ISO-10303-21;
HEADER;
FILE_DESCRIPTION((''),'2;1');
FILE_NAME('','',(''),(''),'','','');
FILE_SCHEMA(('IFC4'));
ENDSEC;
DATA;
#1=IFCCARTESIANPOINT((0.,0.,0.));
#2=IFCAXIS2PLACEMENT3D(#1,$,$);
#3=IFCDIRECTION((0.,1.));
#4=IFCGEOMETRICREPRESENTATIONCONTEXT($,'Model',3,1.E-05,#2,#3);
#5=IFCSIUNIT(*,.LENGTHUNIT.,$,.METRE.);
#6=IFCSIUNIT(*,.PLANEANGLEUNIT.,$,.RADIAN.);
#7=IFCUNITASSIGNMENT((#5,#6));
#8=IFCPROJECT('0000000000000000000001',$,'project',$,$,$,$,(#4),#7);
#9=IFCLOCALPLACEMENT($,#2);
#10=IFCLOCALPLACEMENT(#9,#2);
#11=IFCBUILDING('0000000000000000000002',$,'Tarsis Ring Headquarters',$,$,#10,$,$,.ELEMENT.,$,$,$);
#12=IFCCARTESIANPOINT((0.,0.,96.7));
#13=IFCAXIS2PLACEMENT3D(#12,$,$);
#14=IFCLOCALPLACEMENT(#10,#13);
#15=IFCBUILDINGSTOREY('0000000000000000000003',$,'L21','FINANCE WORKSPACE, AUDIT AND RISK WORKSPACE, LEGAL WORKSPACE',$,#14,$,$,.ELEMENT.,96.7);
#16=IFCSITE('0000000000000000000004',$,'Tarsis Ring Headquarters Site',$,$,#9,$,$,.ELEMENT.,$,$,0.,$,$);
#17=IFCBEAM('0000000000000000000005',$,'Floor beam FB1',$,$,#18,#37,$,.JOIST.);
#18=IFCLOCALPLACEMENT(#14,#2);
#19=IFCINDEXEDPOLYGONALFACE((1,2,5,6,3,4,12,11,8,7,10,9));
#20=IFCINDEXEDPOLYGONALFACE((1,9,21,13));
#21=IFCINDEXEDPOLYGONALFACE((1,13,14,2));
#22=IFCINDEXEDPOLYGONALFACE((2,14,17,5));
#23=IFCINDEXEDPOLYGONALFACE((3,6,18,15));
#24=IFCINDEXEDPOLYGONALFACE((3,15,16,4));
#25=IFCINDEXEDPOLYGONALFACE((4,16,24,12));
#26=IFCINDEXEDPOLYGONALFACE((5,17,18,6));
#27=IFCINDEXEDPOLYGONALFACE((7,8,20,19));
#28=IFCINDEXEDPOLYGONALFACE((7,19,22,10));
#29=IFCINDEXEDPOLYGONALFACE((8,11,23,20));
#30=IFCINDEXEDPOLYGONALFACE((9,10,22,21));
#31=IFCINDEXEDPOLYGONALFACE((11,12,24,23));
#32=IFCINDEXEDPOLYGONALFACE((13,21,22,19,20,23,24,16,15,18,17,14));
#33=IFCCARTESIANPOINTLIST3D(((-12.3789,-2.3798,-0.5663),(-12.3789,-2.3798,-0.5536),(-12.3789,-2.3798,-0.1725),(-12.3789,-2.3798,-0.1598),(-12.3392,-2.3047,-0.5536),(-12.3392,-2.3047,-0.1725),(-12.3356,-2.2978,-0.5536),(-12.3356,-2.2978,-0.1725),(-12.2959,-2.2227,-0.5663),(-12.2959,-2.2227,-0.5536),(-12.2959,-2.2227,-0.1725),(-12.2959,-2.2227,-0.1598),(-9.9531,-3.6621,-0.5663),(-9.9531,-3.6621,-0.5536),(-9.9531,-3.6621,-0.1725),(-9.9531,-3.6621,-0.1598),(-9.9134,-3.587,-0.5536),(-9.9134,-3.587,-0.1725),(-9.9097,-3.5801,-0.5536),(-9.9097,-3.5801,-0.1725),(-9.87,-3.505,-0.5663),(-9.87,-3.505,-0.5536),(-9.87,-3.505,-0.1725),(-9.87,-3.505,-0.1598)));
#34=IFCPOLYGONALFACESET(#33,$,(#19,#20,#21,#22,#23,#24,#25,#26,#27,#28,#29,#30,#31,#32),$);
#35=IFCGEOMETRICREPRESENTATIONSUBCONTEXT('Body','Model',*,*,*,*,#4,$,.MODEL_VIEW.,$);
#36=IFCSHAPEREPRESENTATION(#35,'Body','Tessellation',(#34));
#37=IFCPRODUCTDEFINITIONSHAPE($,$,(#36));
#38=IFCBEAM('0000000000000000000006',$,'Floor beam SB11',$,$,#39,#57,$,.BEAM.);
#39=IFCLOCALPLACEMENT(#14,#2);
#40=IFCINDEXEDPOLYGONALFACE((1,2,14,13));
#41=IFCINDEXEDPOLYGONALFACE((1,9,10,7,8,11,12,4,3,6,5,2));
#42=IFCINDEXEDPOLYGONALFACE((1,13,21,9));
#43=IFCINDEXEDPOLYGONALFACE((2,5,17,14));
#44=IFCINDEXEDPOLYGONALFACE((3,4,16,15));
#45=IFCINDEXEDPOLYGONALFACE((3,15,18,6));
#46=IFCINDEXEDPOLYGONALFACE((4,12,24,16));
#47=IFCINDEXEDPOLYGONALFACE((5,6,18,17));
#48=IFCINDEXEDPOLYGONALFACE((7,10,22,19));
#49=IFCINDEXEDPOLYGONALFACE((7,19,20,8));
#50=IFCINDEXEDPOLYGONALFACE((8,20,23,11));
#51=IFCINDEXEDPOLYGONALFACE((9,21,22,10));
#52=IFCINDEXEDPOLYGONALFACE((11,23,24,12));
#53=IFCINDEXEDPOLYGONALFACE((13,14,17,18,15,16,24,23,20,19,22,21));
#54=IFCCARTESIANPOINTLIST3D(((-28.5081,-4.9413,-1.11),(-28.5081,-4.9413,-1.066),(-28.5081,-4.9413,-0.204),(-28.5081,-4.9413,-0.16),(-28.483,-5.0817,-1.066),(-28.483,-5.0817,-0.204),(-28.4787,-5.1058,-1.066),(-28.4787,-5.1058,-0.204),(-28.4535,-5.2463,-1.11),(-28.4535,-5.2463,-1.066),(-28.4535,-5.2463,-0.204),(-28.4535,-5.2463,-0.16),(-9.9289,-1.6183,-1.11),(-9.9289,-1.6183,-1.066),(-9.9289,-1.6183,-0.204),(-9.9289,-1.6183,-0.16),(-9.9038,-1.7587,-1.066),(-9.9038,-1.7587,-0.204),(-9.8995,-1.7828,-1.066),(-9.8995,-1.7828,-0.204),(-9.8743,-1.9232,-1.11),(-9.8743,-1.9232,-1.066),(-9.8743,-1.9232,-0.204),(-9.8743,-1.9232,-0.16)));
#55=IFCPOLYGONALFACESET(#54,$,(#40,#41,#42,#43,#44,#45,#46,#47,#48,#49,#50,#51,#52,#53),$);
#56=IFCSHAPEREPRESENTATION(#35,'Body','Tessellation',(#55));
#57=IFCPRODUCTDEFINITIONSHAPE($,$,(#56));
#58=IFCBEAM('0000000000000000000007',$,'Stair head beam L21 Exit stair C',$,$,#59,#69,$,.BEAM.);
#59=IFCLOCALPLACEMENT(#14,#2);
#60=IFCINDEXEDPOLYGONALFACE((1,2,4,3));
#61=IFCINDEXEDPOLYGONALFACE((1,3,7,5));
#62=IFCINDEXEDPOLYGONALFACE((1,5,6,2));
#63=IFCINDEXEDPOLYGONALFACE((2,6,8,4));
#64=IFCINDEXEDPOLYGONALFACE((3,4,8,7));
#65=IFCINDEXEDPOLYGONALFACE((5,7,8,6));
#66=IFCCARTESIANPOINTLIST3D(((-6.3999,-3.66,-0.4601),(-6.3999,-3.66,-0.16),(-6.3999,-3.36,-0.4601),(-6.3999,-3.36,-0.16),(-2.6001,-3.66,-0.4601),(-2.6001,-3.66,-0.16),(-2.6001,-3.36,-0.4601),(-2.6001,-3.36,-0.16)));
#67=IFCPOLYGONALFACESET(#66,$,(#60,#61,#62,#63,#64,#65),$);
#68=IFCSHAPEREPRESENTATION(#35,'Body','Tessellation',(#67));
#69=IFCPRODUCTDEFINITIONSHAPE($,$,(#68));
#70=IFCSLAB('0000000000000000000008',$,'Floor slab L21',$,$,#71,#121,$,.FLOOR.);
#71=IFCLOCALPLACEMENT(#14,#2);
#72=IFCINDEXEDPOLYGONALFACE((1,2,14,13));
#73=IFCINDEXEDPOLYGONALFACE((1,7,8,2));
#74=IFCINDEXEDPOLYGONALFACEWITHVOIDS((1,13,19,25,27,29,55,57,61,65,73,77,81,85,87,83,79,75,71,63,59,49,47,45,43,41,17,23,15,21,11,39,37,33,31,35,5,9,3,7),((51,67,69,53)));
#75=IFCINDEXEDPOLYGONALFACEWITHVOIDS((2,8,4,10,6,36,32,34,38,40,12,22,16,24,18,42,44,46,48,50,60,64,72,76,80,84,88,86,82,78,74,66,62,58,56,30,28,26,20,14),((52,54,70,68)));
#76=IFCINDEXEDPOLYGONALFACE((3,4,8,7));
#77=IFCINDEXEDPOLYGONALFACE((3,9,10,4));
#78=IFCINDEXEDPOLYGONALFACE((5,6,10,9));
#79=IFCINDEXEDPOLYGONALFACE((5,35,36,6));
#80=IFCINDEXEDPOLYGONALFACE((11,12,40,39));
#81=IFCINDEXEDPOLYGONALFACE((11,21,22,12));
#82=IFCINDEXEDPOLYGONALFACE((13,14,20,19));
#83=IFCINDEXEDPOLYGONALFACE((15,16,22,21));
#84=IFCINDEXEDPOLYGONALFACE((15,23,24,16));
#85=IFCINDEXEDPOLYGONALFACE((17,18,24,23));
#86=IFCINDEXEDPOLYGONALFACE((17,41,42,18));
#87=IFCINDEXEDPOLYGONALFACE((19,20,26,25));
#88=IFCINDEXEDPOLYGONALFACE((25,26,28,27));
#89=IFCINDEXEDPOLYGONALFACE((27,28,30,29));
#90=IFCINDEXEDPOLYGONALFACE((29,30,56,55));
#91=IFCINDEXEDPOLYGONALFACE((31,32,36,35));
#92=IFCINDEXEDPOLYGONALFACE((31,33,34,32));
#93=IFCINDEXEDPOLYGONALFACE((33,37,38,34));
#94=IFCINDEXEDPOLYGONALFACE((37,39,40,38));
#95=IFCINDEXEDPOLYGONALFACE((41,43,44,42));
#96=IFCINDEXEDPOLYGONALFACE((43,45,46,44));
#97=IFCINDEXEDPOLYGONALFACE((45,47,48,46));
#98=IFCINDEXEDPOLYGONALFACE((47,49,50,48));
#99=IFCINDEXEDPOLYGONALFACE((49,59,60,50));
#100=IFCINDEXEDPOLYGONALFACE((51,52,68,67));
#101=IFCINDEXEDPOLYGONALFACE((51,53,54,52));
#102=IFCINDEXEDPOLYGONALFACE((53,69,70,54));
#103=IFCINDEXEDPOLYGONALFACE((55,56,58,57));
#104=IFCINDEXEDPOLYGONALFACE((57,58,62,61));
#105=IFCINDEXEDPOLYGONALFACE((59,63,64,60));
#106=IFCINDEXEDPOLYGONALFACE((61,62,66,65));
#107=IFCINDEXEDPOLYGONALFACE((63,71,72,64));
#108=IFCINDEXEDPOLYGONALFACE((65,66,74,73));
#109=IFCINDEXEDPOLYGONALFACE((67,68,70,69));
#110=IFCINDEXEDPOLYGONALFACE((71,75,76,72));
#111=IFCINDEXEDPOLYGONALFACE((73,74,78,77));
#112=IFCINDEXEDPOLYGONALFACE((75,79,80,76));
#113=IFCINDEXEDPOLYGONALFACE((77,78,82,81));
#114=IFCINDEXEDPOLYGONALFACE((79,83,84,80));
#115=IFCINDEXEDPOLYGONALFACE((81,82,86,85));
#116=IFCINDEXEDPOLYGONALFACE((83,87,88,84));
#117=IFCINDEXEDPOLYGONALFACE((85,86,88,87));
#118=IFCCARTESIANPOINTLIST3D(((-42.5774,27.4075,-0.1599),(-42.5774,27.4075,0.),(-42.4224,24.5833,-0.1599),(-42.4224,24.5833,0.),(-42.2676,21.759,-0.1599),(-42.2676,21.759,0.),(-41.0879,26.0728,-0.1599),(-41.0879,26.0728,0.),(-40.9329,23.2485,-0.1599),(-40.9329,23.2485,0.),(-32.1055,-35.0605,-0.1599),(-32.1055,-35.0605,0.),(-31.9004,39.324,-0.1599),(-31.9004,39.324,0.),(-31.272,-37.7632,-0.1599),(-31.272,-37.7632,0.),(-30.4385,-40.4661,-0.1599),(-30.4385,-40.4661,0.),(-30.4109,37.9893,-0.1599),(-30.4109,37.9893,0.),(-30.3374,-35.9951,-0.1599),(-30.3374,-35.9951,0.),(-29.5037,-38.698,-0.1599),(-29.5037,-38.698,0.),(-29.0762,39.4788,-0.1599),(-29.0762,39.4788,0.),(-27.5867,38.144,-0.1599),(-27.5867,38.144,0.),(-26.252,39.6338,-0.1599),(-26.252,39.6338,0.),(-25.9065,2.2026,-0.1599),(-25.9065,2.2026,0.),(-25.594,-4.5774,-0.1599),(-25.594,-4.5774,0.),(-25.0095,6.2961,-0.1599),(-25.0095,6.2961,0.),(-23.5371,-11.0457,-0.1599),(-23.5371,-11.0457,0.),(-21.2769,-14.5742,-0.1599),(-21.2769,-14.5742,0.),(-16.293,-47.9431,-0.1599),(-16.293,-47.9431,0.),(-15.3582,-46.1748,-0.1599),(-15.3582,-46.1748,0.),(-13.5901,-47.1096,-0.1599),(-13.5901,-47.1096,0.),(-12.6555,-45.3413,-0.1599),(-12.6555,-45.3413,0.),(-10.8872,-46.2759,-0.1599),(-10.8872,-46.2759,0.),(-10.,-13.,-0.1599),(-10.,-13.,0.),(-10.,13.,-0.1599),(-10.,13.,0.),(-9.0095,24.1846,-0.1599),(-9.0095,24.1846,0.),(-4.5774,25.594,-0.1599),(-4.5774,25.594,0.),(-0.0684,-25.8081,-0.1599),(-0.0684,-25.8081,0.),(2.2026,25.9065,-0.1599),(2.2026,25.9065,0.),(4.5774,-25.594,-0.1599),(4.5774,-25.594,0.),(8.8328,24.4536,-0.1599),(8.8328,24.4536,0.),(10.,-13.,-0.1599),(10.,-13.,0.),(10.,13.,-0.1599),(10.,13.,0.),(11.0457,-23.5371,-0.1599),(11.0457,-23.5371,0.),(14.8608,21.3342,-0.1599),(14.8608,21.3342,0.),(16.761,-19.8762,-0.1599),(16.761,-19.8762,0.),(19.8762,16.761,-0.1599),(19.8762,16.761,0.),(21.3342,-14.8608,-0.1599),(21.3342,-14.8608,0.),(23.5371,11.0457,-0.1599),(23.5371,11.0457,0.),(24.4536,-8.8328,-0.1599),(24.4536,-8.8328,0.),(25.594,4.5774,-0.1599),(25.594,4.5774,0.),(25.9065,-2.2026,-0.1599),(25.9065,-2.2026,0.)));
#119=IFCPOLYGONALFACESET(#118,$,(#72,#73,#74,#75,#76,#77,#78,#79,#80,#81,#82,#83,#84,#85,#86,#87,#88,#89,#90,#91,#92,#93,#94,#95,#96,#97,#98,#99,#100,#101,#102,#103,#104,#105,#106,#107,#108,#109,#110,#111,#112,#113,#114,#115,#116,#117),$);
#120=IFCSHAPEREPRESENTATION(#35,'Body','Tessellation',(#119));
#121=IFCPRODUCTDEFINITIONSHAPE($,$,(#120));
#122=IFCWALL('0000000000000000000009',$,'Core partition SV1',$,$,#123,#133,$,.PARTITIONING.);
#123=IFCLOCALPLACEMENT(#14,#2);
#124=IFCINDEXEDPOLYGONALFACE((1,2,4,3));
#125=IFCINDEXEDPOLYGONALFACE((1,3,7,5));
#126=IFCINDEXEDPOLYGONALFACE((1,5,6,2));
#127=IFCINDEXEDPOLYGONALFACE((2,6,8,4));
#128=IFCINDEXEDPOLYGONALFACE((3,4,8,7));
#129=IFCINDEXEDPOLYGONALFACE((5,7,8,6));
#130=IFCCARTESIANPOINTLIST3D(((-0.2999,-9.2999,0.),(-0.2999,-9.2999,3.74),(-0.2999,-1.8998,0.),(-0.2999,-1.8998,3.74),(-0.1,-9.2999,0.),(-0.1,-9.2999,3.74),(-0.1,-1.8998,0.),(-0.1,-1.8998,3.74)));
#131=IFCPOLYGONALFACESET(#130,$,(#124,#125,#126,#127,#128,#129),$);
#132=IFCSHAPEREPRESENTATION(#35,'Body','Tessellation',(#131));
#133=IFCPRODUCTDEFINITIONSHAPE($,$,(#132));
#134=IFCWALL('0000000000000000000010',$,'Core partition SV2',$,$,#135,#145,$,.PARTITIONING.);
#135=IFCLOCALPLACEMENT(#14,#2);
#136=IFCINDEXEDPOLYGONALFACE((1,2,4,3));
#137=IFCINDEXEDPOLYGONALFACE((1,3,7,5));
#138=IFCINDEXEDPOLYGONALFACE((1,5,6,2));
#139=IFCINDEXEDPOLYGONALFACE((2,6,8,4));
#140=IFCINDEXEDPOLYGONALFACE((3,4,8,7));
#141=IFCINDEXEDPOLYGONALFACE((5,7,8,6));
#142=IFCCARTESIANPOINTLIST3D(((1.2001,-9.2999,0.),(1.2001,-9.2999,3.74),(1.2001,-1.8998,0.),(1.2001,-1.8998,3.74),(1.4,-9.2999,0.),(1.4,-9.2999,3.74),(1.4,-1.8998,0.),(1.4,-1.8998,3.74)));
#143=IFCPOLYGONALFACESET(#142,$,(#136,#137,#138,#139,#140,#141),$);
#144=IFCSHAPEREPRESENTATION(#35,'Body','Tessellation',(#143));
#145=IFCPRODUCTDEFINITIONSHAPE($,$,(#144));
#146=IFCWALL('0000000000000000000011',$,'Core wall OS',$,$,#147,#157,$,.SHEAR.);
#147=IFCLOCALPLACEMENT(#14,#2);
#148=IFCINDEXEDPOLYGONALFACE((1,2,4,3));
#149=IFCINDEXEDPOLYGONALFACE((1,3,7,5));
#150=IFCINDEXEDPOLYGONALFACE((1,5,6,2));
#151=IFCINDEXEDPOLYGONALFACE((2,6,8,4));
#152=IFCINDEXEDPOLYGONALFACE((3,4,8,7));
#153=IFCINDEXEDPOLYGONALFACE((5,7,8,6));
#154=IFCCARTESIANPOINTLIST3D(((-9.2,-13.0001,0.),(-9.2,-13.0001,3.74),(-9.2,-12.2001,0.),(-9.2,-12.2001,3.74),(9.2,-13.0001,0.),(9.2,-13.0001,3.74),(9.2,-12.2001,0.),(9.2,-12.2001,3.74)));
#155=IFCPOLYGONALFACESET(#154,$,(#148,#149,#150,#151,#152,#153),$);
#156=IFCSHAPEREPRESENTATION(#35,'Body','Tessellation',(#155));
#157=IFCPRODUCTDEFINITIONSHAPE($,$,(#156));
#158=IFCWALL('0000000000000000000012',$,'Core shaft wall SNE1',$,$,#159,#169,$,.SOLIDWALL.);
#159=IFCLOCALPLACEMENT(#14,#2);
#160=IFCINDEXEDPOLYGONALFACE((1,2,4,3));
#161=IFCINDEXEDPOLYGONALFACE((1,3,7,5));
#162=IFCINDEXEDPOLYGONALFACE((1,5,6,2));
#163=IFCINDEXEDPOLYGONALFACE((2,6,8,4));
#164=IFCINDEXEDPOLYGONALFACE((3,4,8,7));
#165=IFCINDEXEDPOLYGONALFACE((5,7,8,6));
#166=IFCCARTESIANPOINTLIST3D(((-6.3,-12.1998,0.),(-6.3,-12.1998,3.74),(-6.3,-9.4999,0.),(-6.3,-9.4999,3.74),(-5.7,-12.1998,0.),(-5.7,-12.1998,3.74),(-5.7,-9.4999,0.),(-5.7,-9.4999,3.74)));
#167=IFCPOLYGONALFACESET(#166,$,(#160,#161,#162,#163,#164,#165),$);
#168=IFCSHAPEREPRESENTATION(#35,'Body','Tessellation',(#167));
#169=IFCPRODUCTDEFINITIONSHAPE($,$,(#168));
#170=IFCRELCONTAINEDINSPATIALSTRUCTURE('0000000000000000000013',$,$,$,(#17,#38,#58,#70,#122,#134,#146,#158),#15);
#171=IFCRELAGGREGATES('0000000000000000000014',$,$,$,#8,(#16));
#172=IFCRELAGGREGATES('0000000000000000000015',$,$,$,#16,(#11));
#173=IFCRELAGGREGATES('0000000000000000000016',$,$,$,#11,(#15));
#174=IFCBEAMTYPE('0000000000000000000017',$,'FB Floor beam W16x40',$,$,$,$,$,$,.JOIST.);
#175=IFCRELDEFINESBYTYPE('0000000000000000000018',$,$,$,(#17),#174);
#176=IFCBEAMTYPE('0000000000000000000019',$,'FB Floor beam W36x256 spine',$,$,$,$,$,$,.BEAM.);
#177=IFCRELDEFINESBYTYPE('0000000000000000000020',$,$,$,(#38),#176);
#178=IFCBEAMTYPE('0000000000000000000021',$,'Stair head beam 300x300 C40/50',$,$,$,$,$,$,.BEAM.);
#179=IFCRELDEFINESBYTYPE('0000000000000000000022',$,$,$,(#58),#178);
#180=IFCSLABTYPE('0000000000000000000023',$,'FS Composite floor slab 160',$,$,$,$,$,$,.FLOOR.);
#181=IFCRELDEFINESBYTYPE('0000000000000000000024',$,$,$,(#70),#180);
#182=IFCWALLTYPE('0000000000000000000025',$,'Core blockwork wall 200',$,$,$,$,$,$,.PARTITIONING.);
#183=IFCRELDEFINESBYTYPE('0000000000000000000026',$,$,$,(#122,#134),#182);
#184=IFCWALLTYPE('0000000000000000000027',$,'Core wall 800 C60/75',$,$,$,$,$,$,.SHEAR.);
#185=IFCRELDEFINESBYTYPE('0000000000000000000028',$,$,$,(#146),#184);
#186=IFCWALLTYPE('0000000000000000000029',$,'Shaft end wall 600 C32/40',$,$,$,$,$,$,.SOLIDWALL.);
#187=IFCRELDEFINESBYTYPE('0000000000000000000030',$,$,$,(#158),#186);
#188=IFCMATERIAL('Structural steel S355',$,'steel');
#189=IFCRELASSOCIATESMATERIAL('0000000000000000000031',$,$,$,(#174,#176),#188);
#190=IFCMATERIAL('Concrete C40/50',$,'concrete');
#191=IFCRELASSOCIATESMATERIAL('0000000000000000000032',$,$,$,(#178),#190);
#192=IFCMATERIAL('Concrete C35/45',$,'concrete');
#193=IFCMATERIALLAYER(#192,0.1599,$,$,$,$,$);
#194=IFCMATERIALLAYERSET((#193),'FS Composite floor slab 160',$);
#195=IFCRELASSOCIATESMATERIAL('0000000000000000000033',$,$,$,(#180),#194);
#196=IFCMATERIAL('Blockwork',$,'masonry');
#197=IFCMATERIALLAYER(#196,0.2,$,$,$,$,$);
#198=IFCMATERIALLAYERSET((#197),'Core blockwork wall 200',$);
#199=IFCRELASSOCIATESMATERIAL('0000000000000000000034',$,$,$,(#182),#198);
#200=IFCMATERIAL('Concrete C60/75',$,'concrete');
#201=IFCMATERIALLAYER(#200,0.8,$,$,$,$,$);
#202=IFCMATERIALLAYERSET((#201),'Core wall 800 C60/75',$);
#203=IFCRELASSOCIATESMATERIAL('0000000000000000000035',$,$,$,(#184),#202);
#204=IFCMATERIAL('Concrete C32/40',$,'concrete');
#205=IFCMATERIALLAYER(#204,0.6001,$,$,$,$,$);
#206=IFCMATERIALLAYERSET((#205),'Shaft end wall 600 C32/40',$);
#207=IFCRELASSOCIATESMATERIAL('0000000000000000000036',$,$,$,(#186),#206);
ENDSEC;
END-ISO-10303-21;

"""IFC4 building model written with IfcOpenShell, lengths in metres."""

from ifc_helpers import new_model, si_unit, direction, frame, frame_2d, origin, origin_2d, place, context, subcontext, project, spatial, polyline, rectangle, i_section, outline, extrude, material, layer, layer_set, material_profile, profile_set, type_object, element, save


model = new_model("IFC4")

# Units and contexts
model_context = context("Model", 3, precision=1e-05, world=origin(), true_north=direction((0.0, 1.0)))
body_context = subcontext(model_context, "Body", "Model", "MODEL_VIEW")
ifc_project = project(units=[si_unit("LENGTHUNIT", "METRE"), si_unit("PLANEANGLEUNIT", "RADIAN")], contexts=[model_context])

# Site, building, storey
site_placement = place(None, origin())
site = spatial("IfcSite", under=ifc_project, at=site_placement, Name="Tarsis Ring Headquarters Site", CompositionType="ELEMENT", RefElevation=0.0)
building_placement = place(site_placement, origin())
building = spatial("IfcBuilding", under=site, at=building_placement, Name="Tarsis Ring Headquarters", CompositionType="ELEMENT")
storey_placement = place(building_placement, frame((0.0, 0.0, 96.7)))
storey = spatial("IfcBuildingStorey", under=building, at=storey_placement, Name="L21", Description="FINANCE WORKSPACE, AUDIT AND RISK WORKSPACE, LEGAL WORKSPACE", CompositionType="ELEMENT", Elevation=96.7)

# Beams
ifc_material_1 = material(Name="Structural steel S355", Category="steel")
ifc_material_profile_1 = material_profile(ifc_material_1, i_section(OverallWidth=0.1777, OverallDepth=0.4065, WebThickness=0.0078, FlangeThickness=0.0127, at=origin_2d()), Name="W16x40")
ifc_profile_set_1 = profile_set([ifc_material_profile_1], Name="Structural steel S355")
beam_type_1 = type_object("IfcBeamType", Name="FB Floor beam W16x40", PredefinedType="JOIST", material=ifc_profile_set_1)
beam_1_placement = place(storey_placement, frame((-12.3374, -2.3013, -0.363), z_axis=(0.884091, -0.467315, 0.0), x_axis=(0.467315, 0.884091, 0.0)))
element("IfcBeam", 1, at=beam_1_placement, inside=storey, type_object=beam_type_1, Name="Floor beam FB1", PredefinedType="JOIST", context=body_context, shape_type="SweptSolid", body=[
    extrude(i_section(OverallWidth=0.1777, OverallDepth=0.4065, WebThickness=0.0078, FlangeThickness=0.0127, at=origin_2d()), origin(), (0.0, 0.0, 1.0), 2.7439),
])
ifc_material_profile_2 = material_profile(ifc_material_1, i_section(OverallWidth=0.3098, OverallDepth=0.95, WebThickness=0.0244, FlangeThickness=0.0439, at=origin_2d()), Name="W36x256")
ifc_profile_set_2 = profile_set([ifc_material_profile_2], Name="Structural steel S355")
beam_type_2 = type_object("IfcBeamType", Name="FB Floor beam W36x256 spine", PredefinedType="BEAM", material=ifc_profile_set_2)
beam_2_placement = place(storey_placement, frame((-9.9016, -1.7708, -0.635), z_axis=(-0.984379, -0.176063, 0.0), x_axis=(0.176063, -0.984379, 0.0)))
element("IfcBeam", 2, at=beam_2_placement, inside=storey, type_object=beam_type_2, Name="Floor beam SB11", PredefinedType="BEAM", context=body_context, shape_type="SweptSolid", body=[
    extrude(i_section(OverallWidth=0.3098, OverallDepth=0.95, WebThickness=0.0244, FlangeThickness=0.0439, at=origin_2d()), origin(), (0.0, 0.0, 1.0), 18.874),
])
ifc_material_2 = material(Name="Concrete C40/50", Category="concrete")
ifc_material_profile_3 = material_profile(ifc_material_2, rectangle(XDim=0.3, YDim=0.3, at=origin_2d()), Name="Stair head beam 300x300 C40/50")
ifc_profile_set_3 = profile_set([ifc_material_profile_3], Name="Concrete C40/50")
beam_type_3 = type_object("IfcBeamType", Name="Stair head beam 300x300 C40/50", PredefinedType="BEAM", material=ifc_profile_set_3)
beam_3_placement = place(storey_placement, frame((-6.3999, -3.51, -0.3101), z_axis=(1.0, 0.0, 0.0), x_axis=(0.0, 1.0, 0.0)))
element("IfcBeam", 3, at=beam_3_placement, inside=storey, type_object=beam_type_3, Name="Stair head beam L21 Exit stair C", PredefinedType="BEAM", context=body_context, shape_type="SweptSolid", body=[
    extrude(rectangle(XDim=0.3, YDim=0.3, at=origin_2d()), origin(), (0.0, 0.0, 1.0), 3.7998),
])

# Slab
ifc_material_3 = material(Name="Concrete C35/45", Category="concrete")
ifc_layer_1 = layer(ifc_material_3, 0.1599)
ifc_layer_set_1 = layer_set([ifc_layer_1], Name="FS Composite floor slab 160")
slab_type = type_object("IfcSlabType", Name="FS Composite floor slab 160", PredefinedType="FLOOR", material=ifc_layer_set_1)
slab_placement = place(storey_placement, frame((0.0, 0.0, -0.1599)))
element("IfcSlab", 4, at=slab_placement, inside=storey, type_object=slab_type, Name="Floor slab L21", PredefinedType="FLOOR", context=body_context, shape_type="SweptSolid", body=[
    extrude(outline(polyline([(-25.0095, 6.2961), (-25.9065, 2.2026), (-25.594, -4.5774), (-23.5371, -11.0457), (-21.2769, -14.5742), (-32.1055, -35.0605), (-30.3374, -35.9951), (-31.272, -37.7632), (-29.5037, -38.698), (-30.4385, -40.4661), (-16.293, -47.9431), (-15.3582, -46.1748), (-13.5901, -47.1096), (-12.6555, -45.3413), (-10.8872, -46.2759), (-0.0684, -25.8081), (4.5774, -25.594), (11.0457, -23.5371), (16.761, -19.8762), (21.3342, -14.8608), (24.4536, -8.8328), (25.9065, -2.2026), (25.594, 4.5774), (23.5371, 11.0457), (19.8762, 16.761), (14.8608, 21.3342), (8.8328, 24.4536), (2.2026, 25.9065), (-4.5774, 25.594), (-9.0095, 24.1846), (-26.252, 39.6338), (-27.5867, 38.144), (-29.0762, 39.4788), (-30.4109, 37.9893), (-31.9004, 39.324), (-42.5774, 27.4075), (-41.0879, 26.0728), (-42.4224, 24.5833), (-40.9329, 23.2485), (-42.2676, 21.759), (-25.0095, 6.2961)]), holes=[polyline([(-10.0, -13.0), (-10.0, 13.0), (10.0, 13.0), (10.0, -13.0), (-10.0, -13.0)])]), origin(), (0.0, 0.0, 1.0), 0.1599),
])

# Walls
ifc_material_4 = material(Name="Blockwork", Category="masonry")
ifc_layer_2 = layer(ifc_material_4, 0.2)
ifc_layer_set_2 = layer_set([ifc_layer_2], Name="Core blockwork wall 200")
wall_type_1 = type_object("IfcWallType", Name="Core blockwork wall 200", PredefinedType="PARTITIONING", material=ifc_layer_set_2)
for number, where, z_axis, x_axis, name in (
    (5, (-0.2, -9.3, 0.0), (0.0, 0.0, 1.0), (0.0, 1.0, 0.0), "Core partition SV1"),
    (6, (1.3, -9.3, 0.0), (0.0, 0.0, 1.0), (0.0, 1.0, 0.0), "Core partition SV2"),
):
    element("IfcWall", number, at=place(storey_placement, frame(where, z_axis=z_axis, x_axis=x_axis)), inside=storey, type_object=wall_type_1, Name=name, PredefinedType="PARTITIONING", context=body_context, shape_type="SweptSolid", body=[
        extrude(rectangle(XDim=7.4001, YDim=0.2, at=frame_2d((3.7002, 0.0))), origin(), (0.0, 0.0, 1.0), 3.74),
    ])
ifc_material_5 = material(Name="Concrete C60/75", Category="concrete")
ifc_layer_3 = layer(ifc_material_5, 0.8)
ifc_layer_set_3 = layer_set([ifc_layer_3], Name="Core wall 800 C60/75")
wall_type_2 = type_object("IfcWallType", Name="Core wall 800 C60/75", PredefinedType="SHEAR", material=ifc_layer_set_3)
wall_1_placement = place(storey_placement, frame((-9.2, -12.6001, 0.0), z_axis=(0.0, 0.0, 1.0), x_axis=(1.0, 0.0, 0.0)))
element("IfcWall", 7, at=wall_1_placement, inside=storey, type_object=wall_type_2, Name="Core wall OS", PredefinedType="SHEAR", context=body_context, shape_type="SweptSolid", body=[
    extrude(rectangle(XDim=18.3999, YDim=0.8, at=frame_2d((9.2, 0.0))), origin(), (0.0, 0.0, 1.0), 3.74),
])
ifc_material_6 = material(Name="Concrete C32/40", Category="concrete")
ifc_layer_4 = layer(ifc_material_6, 0.6001)
ifc_layer_set_4 = layer_set([ifc_layer_4], Name="Shaft end wall 600 C32/40")
wall_type_3 = type_object("IfcWallType", Name="Shaft end wall 600 C32/40", PredefinedType="SOLIDWALL", material=ifc_layer_set_4)
wall_2_placement = place(storey_placement, frame((-6.0, -12.2, 0.0), z_axis=(0.0, 0.0, 1.0), x_axis=(0.0, 1.0, 0.0)))
element("IfcWall", 8, at=wall_2_placement, inside=storey, type_object=wall_type_3, Name="Core shaft wall SNE1", PredefinedType="SOLIDWALL", context=body_context, shape_type="SweptSolid", body=[
    extrude(rectangle(XDim=2.7, YDim=0.6001, at=frame_2d((1.3501, 0.0))), origin(), (0.0, 0.0, 1.0), 3.74),
])

save(model, "model.ifc")
